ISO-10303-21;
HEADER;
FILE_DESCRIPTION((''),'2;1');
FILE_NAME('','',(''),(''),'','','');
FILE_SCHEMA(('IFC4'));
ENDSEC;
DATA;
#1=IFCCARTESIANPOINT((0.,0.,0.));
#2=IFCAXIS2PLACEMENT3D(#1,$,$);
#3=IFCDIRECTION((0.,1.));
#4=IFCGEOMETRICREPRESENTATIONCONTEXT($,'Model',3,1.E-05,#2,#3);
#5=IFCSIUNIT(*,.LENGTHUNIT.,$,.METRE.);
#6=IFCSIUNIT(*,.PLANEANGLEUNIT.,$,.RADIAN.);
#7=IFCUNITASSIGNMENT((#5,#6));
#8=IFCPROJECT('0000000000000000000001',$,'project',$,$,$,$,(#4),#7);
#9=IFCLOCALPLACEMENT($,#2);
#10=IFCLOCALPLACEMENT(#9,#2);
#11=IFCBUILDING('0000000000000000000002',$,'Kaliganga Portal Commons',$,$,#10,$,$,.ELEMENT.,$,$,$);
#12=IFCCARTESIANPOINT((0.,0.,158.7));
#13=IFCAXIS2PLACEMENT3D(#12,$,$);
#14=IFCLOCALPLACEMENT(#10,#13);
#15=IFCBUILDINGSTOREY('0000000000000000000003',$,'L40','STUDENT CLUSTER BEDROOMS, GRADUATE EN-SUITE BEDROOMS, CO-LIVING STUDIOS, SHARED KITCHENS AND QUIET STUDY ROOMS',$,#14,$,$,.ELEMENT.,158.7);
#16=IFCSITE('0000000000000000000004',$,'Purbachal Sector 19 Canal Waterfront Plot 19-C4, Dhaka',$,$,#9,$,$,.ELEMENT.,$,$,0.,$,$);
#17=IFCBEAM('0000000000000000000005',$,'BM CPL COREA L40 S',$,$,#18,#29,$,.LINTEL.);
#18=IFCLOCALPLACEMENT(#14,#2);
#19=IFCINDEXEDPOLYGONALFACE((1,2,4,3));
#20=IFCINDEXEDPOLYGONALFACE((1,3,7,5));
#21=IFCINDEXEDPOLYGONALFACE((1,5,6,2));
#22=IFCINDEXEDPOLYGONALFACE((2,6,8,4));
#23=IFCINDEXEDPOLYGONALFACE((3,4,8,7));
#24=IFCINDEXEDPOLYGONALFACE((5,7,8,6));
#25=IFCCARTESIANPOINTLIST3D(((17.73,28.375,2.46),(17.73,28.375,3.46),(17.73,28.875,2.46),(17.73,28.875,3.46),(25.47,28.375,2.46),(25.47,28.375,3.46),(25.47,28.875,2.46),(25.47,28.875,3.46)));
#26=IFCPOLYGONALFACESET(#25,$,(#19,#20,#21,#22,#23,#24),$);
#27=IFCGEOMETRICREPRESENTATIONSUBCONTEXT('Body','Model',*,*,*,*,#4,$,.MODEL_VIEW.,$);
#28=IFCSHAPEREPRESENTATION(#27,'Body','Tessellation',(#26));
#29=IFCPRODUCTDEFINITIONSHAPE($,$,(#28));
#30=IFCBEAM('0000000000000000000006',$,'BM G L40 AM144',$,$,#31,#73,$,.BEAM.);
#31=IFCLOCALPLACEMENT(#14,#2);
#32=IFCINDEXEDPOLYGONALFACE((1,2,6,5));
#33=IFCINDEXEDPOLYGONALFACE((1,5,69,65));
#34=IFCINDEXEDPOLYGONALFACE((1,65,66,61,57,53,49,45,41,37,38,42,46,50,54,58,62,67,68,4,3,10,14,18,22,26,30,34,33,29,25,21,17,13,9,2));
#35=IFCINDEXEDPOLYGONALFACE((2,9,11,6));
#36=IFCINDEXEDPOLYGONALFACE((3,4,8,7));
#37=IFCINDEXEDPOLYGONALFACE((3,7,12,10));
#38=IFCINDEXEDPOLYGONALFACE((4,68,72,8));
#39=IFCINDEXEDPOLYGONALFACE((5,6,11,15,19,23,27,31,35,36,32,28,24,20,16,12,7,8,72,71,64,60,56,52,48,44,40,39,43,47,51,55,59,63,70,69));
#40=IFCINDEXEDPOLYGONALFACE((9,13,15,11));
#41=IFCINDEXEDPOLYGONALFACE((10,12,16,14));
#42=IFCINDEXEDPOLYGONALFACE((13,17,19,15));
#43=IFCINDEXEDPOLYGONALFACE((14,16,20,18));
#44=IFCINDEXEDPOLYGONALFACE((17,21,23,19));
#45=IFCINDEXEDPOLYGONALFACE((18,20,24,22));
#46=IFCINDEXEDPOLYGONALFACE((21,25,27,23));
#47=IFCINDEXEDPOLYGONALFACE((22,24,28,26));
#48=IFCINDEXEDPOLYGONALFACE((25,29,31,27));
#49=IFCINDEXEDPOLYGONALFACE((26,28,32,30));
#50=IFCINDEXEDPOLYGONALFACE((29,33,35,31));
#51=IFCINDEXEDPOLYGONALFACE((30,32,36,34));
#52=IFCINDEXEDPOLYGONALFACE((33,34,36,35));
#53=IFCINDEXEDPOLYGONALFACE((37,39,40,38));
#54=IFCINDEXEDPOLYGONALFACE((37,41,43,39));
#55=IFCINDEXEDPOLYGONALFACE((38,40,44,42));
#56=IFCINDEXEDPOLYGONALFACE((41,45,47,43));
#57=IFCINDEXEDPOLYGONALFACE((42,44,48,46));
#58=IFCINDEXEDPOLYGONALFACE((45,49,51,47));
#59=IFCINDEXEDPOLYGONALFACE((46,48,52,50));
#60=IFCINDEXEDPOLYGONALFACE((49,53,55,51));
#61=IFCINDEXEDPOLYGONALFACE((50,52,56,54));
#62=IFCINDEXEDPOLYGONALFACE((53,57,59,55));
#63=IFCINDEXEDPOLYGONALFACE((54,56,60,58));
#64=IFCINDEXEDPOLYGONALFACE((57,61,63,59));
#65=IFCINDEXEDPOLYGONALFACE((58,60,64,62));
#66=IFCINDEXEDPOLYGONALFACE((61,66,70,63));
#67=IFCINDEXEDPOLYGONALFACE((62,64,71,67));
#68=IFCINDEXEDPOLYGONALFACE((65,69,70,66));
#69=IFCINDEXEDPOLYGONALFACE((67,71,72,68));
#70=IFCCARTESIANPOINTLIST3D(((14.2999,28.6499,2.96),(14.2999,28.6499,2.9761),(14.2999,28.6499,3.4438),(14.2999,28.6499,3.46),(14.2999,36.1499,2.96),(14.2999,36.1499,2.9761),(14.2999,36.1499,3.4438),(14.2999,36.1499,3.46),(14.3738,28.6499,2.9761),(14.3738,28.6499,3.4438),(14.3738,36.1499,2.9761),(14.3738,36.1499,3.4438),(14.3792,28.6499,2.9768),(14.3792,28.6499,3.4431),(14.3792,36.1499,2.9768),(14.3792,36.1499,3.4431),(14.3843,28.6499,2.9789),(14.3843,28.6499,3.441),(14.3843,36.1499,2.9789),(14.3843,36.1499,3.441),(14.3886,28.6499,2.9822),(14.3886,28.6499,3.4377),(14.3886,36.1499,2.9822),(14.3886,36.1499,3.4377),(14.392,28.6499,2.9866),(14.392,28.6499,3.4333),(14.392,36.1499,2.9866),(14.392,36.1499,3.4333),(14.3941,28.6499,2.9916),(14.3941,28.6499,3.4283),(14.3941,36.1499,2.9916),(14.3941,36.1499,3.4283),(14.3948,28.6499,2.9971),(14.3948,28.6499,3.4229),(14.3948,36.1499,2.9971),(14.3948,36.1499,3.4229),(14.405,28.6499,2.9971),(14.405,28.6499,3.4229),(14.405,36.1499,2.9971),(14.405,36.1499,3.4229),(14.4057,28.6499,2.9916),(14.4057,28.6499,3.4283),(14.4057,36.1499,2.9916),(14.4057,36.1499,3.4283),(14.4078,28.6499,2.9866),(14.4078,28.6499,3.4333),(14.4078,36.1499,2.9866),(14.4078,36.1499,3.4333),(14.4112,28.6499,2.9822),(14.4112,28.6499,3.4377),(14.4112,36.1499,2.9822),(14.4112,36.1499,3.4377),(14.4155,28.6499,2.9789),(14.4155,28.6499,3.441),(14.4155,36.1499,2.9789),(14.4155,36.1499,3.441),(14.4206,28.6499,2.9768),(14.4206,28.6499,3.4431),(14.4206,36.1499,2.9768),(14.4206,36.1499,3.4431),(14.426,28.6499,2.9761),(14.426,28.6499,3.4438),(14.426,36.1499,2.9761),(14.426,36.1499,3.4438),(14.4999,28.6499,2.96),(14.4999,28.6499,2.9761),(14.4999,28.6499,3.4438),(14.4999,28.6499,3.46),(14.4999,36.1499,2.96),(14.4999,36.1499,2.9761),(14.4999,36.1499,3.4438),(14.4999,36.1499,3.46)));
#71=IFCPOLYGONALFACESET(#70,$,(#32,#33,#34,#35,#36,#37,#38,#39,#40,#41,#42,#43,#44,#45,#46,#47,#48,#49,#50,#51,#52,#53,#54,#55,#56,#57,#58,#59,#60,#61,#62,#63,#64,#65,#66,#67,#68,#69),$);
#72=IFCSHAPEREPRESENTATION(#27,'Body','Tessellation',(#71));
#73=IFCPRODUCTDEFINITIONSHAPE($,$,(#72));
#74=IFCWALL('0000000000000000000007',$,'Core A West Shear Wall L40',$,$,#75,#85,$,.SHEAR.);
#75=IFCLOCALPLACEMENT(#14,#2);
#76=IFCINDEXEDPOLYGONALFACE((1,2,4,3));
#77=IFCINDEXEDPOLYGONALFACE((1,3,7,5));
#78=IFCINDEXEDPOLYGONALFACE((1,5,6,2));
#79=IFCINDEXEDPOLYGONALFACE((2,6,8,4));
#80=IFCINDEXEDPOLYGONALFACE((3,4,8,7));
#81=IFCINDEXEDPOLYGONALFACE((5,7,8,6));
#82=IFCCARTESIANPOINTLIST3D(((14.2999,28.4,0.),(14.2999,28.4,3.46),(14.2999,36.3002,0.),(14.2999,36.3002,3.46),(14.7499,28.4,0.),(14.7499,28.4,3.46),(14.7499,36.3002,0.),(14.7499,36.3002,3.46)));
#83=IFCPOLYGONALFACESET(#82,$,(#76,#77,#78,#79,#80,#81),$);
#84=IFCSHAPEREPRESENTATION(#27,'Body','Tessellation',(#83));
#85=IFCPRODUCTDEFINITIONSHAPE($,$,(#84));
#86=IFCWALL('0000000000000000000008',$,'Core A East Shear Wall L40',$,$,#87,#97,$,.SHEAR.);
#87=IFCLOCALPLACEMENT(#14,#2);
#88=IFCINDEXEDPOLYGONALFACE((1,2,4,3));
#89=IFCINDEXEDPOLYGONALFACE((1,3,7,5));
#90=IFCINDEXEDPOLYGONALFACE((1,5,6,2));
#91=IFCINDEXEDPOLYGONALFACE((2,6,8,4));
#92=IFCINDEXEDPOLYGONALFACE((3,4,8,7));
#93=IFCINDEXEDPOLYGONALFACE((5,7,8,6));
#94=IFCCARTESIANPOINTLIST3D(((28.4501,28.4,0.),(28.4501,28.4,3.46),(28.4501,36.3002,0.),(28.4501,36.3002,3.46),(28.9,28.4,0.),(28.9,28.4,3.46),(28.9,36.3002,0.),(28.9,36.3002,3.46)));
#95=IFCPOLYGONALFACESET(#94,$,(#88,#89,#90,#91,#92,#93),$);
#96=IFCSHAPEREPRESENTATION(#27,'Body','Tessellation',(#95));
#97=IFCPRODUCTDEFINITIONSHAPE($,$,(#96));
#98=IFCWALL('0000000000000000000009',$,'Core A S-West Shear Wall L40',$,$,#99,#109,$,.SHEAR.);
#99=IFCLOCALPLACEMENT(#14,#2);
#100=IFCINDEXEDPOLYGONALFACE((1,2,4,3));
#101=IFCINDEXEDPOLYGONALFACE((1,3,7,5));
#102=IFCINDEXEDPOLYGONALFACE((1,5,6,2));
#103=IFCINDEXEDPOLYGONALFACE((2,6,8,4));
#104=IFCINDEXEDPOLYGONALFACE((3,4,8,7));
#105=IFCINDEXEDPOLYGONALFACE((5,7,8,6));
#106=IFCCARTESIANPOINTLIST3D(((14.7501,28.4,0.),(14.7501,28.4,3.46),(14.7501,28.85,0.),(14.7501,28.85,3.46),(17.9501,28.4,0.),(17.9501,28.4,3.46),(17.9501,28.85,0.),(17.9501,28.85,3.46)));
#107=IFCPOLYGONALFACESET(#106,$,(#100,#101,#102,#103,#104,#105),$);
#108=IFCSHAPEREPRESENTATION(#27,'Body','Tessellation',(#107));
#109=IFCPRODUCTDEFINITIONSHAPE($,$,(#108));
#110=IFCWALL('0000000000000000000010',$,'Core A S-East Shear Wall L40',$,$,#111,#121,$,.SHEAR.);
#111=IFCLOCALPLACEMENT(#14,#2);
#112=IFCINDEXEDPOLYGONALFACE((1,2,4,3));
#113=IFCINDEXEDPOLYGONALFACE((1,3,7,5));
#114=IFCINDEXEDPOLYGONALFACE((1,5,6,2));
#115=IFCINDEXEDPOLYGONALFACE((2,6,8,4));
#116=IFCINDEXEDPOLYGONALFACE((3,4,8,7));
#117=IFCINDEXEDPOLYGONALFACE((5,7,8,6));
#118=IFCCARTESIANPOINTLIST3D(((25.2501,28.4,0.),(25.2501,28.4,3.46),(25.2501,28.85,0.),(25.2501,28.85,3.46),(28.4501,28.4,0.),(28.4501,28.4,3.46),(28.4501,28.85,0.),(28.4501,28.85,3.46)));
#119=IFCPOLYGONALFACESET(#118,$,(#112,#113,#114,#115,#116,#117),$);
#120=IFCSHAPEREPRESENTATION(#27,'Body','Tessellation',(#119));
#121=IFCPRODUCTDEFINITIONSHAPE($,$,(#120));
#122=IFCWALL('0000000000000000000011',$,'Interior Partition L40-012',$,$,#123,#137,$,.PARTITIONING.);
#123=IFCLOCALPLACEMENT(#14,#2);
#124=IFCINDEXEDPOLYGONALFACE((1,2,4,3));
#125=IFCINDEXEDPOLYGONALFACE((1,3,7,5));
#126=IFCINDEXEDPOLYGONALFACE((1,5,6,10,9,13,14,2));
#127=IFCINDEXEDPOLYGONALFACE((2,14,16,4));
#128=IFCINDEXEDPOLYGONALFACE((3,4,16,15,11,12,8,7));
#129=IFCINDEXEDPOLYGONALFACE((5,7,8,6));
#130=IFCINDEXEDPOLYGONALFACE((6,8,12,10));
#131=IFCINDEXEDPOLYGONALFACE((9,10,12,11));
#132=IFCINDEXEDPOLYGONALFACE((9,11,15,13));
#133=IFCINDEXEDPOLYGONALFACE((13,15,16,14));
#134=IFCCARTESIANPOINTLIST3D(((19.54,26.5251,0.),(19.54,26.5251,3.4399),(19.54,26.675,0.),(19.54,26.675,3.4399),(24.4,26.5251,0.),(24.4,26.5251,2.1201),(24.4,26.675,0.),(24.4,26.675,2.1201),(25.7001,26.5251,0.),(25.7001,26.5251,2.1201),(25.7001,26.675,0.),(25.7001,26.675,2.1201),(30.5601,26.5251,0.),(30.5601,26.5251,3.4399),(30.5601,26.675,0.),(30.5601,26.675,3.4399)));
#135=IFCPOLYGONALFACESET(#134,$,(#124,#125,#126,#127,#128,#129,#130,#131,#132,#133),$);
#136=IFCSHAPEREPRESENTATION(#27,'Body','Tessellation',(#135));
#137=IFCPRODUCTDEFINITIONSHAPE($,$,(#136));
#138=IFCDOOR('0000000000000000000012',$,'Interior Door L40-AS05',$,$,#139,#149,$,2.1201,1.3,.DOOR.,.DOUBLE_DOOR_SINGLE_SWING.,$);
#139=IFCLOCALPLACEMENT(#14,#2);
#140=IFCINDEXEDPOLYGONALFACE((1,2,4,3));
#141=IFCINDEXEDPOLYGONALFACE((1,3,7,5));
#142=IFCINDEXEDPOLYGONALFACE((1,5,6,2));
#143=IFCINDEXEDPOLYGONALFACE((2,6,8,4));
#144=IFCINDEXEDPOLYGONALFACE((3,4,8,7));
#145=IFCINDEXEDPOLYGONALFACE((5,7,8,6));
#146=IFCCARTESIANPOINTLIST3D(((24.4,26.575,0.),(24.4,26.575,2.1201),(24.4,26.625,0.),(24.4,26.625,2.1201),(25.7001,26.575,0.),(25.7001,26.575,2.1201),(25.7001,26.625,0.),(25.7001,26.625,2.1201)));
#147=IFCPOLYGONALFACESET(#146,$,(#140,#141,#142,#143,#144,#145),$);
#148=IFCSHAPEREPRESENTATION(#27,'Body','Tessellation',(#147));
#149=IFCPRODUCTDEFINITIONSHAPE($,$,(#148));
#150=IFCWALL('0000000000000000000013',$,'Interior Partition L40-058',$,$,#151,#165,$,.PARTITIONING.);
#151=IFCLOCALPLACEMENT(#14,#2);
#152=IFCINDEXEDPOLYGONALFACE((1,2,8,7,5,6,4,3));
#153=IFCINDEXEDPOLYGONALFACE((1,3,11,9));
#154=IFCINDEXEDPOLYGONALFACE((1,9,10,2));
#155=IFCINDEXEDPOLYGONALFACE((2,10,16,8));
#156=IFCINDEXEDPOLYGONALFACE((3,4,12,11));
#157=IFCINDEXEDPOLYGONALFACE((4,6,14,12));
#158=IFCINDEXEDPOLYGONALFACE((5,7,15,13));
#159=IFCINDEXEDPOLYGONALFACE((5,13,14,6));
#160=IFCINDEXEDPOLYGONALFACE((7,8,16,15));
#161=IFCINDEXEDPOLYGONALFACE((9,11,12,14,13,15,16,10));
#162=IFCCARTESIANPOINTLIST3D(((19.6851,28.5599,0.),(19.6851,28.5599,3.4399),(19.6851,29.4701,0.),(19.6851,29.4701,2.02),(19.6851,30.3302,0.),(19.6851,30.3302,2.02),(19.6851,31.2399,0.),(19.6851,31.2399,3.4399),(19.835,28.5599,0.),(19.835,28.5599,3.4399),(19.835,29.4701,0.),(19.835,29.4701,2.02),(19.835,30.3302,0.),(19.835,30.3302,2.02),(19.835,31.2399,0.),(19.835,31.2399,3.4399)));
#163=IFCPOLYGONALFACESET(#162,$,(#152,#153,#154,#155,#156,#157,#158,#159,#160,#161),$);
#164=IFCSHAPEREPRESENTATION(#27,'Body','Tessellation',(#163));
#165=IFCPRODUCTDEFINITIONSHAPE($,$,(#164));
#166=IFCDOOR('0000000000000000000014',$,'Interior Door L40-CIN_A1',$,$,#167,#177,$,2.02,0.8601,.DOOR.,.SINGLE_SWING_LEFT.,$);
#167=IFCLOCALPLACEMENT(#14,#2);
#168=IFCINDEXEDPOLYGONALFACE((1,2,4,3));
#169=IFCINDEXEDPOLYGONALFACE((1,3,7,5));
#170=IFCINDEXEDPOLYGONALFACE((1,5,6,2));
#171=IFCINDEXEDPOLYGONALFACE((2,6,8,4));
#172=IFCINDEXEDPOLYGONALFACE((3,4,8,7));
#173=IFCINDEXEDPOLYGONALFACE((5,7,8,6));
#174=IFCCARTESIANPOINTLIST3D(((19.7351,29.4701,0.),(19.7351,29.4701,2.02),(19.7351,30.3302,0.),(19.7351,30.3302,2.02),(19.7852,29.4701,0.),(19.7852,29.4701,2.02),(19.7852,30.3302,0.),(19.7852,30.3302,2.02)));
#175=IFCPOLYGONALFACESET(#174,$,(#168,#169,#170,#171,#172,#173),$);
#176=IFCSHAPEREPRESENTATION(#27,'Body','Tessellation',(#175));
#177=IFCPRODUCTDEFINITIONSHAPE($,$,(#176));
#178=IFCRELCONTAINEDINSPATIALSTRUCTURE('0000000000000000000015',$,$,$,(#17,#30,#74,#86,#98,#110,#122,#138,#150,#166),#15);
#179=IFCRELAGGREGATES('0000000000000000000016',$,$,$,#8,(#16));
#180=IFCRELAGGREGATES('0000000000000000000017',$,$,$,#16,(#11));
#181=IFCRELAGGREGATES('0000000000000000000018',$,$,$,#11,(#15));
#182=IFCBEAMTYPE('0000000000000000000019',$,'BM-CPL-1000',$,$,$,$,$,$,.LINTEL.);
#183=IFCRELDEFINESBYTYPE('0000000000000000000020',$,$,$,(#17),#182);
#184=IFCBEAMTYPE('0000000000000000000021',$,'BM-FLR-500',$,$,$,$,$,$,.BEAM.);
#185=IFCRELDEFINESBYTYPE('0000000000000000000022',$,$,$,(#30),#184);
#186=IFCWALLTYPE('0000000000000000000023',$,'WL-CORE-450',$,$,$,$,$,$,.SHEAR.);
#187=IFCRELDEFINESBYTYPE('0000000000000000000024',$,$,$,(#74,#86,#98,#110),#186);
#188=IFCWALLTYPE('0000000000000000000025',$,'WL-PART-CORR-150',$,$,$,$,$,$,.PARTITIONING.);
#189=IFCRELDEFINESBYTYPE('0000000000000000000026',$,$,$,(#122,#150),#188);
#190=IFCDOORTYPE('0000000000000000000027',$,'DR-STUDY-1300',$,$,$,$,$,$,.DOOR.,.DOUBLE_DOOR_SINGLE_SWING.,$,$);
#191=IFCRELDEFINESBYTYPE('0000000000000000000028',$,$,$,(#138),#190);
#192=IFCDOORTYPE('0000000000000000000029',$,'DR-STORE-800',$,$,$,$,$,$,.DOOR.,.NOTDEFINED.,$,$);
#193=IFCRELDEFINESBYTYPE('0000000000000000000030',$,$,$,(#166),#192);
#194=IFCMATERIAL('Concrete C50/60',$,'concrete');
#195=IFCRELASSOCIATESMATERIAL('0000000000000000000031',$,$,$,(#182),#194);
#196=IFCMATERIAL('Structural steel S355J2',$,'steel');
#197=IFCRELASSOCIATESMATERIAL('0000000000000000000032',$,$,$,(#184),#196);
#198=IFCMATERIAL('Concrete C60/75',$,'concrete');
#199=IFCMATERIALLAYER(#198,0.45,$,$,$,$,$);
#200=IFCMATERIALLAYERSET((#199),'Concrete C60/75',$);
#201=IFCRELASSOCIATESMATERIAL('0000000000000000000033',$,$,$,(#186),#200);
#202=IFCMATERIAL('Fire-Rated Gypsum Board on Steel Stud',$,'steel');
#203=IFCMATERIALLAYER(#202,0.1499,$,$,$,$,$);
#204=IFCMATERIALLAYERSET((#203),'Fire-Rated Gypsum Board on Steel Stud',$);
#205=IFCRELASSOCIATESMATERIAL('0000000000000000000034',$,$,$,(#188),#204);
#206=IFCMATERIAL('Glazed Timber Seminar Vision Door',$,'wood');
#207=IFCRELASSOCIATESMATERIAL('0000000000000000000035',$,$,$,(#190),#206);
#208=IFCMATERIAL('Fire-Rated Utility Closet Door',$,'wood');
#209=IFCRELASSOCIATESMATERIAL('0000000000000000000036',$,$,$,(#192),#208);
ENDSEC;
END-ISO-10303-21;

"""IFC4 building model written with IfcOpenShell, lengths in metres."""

from ifc_helpers import new_model, si_unit, direction, frame, frame_2d, origin, origin_2d, place, context, subcontext, project, spatial, rectangle, i_section, extrude, source, transform, mapped, material, layer, layer_set, material_profile, profile_set, type_object, element, fill, save


model = new_model("IFC4")

# Units and contexts
model_context = context("Model", 3, precision=1e-05, world=origin(), true_north=direction((0.0, 1.0)))
body_context = subcontext(model_context, "Body", "Model", "MODEL_VIEW")
ifc_project = project(units=[si_unit("LENGTHUNIT", "METRE"), si_unit("PLANEANGLEUNIT", "RADIAN")], contexts=[model_context])

# Site, building, storey
site_placement = place(None, origin())
site = spatial("IfcSite", under=ifc_project, at=site_placement, Name="Purbachal Sector 19 Canal Waterfront Plot 19-C4, Dhaka", CompositionType="ELEMENT", RefElevation=0.0)
building_placement = place(site_placement, origin())
building = spatial("IfcBuilding", under=site, at=building_placement, Name="Kaliganga Portal Commons", CompositionType="ELEMENT")
storey_placement = place(building_placement, frame((0.0, 0.0, 158.7)))
storey = spatial("IfcBuildingStorey", under=building, at=storey_placement, Name="L40", Description="STUDENT CLUSTER BEDROOMS, GRADUATE EN-SUITE BEDROOMS, CO-LIVING STUDIOS, SHARED KITCHENS AND QUIET STUDY ROOMS", CompositionType="ELEMENT", Elevation=158.7)

# Beams
ifc_material_1 = material(Name="Concrete C50/60", Category="concrete")
ifc_material_profile_1 = material_profile(ifc_material_1, rectangle(XDim=0.5, YDim=1.0, at=origin_2d()), Name="RC 500x1000")
ifc_profile_set_1 = profile_set([ifc_material_profile_1], Name="Concrete C50/60")
beam_type_1 = type_object("IfcBeamType", Name="BM-CPL-1000", PredefinedType="LINTEL", material=ifc_profile_set_1)
shared_shape_1 = source(origin(), body_context, "Body", "SweptSolid", [
    extrude(rectangle(XDim=0.5, YDim=1.0, at=origin_2d()), origin(), (0.0, 0.0, 1.0), 7.74),
])
beam_1_placement = place(storey_placement, frame((17.73, 28.625, 2.96), z_axis=(1.0, 0.0, 0.0), x_axis=(0.0, 1.0, 0.0)))
element("IfcBeam", 1, at=beam_1_placement, inside=storey, type_object=beam_type_1, Name="BM CPL COREA L40 S", PredefinedType="LINTEL", context=body_context, shape_type="MappedRepresentation", body=[
    mapped(shared_shape_1, transform((0.0, 0.0, 0.0), x_axis=(1.0, 0.0, 0.0), y_axis=(0.0, 1.0, 0.0), z_axis=(0.0, 0.0, 1.0), scale=1.0)),
])
ifc_material_2 = material(Name="Structural steel S355J2", Category="steel")
ifc_material_profile_2 = material_profile(ifc_material_2, i_section(OverallWidth=0.2, OverallDepth=0.5, WebThickness=0.0103, FlangeThickness=0.0161, FilletRadius=0.021, at=origin_2d()), Name="IPE 500")
ifc_profile_set_2 = profile_set([ifc_material_profile_2], Name="Structural steel S355J2 wide-flange")
beam_type_2 = type_object("IfcBeamType", Name="BM-FLR-500", PredefinedType="BEAM", material=ifc_profile_set_2)
shared_shape_2 = source(origin(), body_context, "Body", "SweptSolid", [
    extrude(i_section(OverallWidth=0.2, OverallDepth=0.5, WebThickness=0.0103, FlangeThickness=0.0161, FilletRadius=0.021, at=origin_2d()), origin(), (0.0, 0.0, 1.0), 7.5),
])
beam_2_placement = place(storey_placement, frame((14.3999, 28.6499, 3.21), z_axis=(0.0, 1.0, 0.0), x_axis=(-1.0, 0.0, 0.0)))
element("IfcBeam", 2, at=beam_2_placement, inside=storey, type_object=beam_type_2, Name="BM G L40 AM144", PredefinedType="BEAM", context=body_context, shape_type="MappedRepresentation", body=[
    mapped(shared_shape_2, transform((0.0, 0.0, 0.0), x_axis=(1.0, 0.0, 0.0), y_axis=(0.0, 1.0, 0.0), z_axis=(0.0, 0.0, 1.0), scale=1.0)),
])

# Walls
ifc_material_3 = material(Name="Concrete C60/75", Category="concrete")
ifc_layer_1 = layer(ifc_material_3, 0.45)
ifc_layer_set_1 = layer_set([ifc_layer_1], Name="Concrete C60/75")
wall_type_1 = type_object("IfcWallType", Name="WL-CORE-450", PredefinedType="SHEAR", material=ifc_layer_set_1)
for number, where, z_axis, x_axis, name in (
    (3, (14.5249, 28.3999, 0.0), (0.0, 0.0, 1.0), (0.0, 1.0, 0.0), "Core A West Shear Wall L40"),
    (4, (28.675, 28.3999, 0.0), (0.0, 0.0, 1.0), (0.0, 1.0, 0.0), "Core A East Shear Wall L40"),
):
    element("IfcWall", number, at=place(storey_placement, frame(where, z_axis=z_axis, x_axis=x_axis)), inside=storey, type_object=wall_type_1, Name=name, PredefinedType="SHEAR", context=body_context, shape_type="SweptSolid", body=[
        extrude(rectangle(XDim=7.9001, YDim=0.45, at=frame_2d((3.9502, 0.0))), origin(), (0.0, 0.0, 1.0), 3.46),
    ])
for number, where, z_axis, x_axis, name in (
    (5, (14.75, 28.625, 0.0), (0.0, 0.0, 1.0), (1.0, 0.0, 0.0), "Core A S-West Shear Wall L40"),
    (6, (25.25, 28.625, 0.0), (0.0, 0.0, 1.0), (1.0, 0.0, 0.0), "Core A S-East Shear Wall L40"),
):
    element("IfcWall", number, at=place(storey_placement, frame(where, z_axis=z_axis, x_axis=x_axis)), inside=storey, type_object=wall_type_1, Name=name, PredefinedType="SHEAR", context=body_context, shape_type="SweptSolid", body=[
        extrude(rectangle(XDim=3.2, YDim=0.45, at=frame_2d((1.6001, 0.0))), origin(), (0.0, 0.0, 1.0), 3.46),
    ])

# Walls, openings, doors
ifc_material_4 = material(Name="Fire-Rated Gypsum Board on Steel Stud", Category="steel")
ifc_layer_2 = layer(ifc_material_4, 0.1499)
ifc_layer_set_2 = layer_set([ifc_layer_2], Name="Fire-Rated Gypsum Board on Steel Stud")
wall_type_2 = type_object("IfcWallType", Name="WL-PART-CORR-150", PredefinedType="PARTITIONING", material=ifc_layer_set_2)
wall_1_placement = place(storey_placement, frame((19.54, 26.6001, 0.0), z_axis=(0.0, 0.0, 1.0), x_axis=(1.0, 0.0, 0.0)))
wall_1 = element("IfcWall", 7, at=wall_1_placement, inside=storey, type_object=wall_type_2, Name="Interior Partition L40-012", PredefinedType="PARTITIONING", context=body_context, shape_type="SweptSolid", body=[
    extrude(rectangle(XDim=11.02, YDim=0.1499, at=frame_2d((5.51, 0.0))), origin(), (0.0, 0.0, 1.0), 3.4399),
])
opening_1_placement = place(wall_1_placement, frame((4.8601, 0.0, 0.0)))
opening_1 = element("IfcOpeningElement", 8, at=opening_1_placement, cuts=wall_1, PredefinedType="OPENING", context=body_context, shape_type="SweptSolid", body=[
    extrude(rectangle(XDim=1.3, YDim=2.1201, at=frame_2d((0.6499, 1.0601))), frame((0.0, 0.085, 0.0), z_axis=(0.0, -1.0, 0.0), x_axis=(1.0, 0.0, 0.0)), (0.0, 0.0, 1.0), 0.1699),
])
ifc_material_5 = material(Name="Glazed Timber Seminar Vision Door", Category="wood")
door_type_1 = type_object("IfcDoorType", Name="DR-STUDY-1300", OperationType="DOUBLE_DOOR_SINGLE_SWING", PredefinedType="DOOR", material=ifc_material_5)
door_1_placement = place(opening_1_placement, origin())
door_1 = element("IfcDoor", 9, at=door_1_placement, inside=storey, type_object=door_type_1, Name="Interior Door L40-AS05", OperationType="DOUBLE_DOOR_SINGLE_SWING", OverallHeight=2.1201, OverallWidth=1.3, PredefinedType="DOOR", context=body_context, shape_type="SweptSolid", body=[
    extrude(rectangle(XDim=1.3, YDim=2.1201, at=frame_2d((0.6499, 1.0601))), frame((0.0, 0.0249, 0.0), z_axis=(0.0, -1.0, 0.0), x_axis=(1.0, 0.0, 0.0)), (0.0, 0.0, 1.0), 0.05),
])
fill(opening_1, door_1)
wall_2_placement = place(storey_placement, frame((19.76, 28.5601, 0.0), z_axis=(0.0, 0.0, 1.0), x_axis=(0.0, 1.0, 0.0)))
wall_2 = element("IfcWall", 10, at=wall_2_placement, inside=storey, type_object=wall_type_2, Name="Interior Partition L40-058", PredefinedType="PARTITIONING", context=body_context, shape_type="SweptSolid", body=[
    extrude(rectangle(XDim=2.6799, YDim=0.1499, at=frame_2d((1.3398, 0.0))), origin(), (0.0, 0.0, 1.0), 3.4399),
])
opening_2_placement = place(wall_2_placement, frame((0.9099, 0.0, 0.0)))
opening_2 = element("IfcOpeningElement", 11, at=opening_2_placement, cuts=wall_2, PredefinedType="OPENING", context=body_context, shape_type="SweptSolid", body=[
    extrude(rectangle(XDim=0.8601, YDim=2.02, at=frame_2d((0.4302, 1.01))), frame((0.0, 0.085, 0.0), z_axis=(0.0, -1.0, 0.0), x_axis=(1.0, 0.0, 0.0)), (0.0, 0.0, 1.0), 0.1699),
])
ifc_material_6 = material(Name="Fire-Rated Utility Closet Door", Category="wood")
door_type_2 = type_object("IfcDoorType", Name="DR-STORE-800", OperationType="NOTDEFINED", PredefinedType="DOOR", material=ifc_material_6)
door_2_placement = place(opening_2_placement, origin())
door_2 = element("IfcDoor", 12, at=door_2_placement, inside=storey, type_object=door_type_2, Name="Interior Door L40-CIN_A1", OperationType="SINGLE_SWING_LEFT", OverallHeight=2.02, OverallWidth=0.8601, PredefinedType="DOOR", context=body_context, shape_type="SweptSolid", body=[
    extrude(rectangle(XDim=0.8601, YDim=2.02, at=frame_2d((0.4302, 1.01))), frame((0.0, 0.0249, 0.0), z_axis=(0.0, -1.0, 0.0), x_axis=(1.0, 0.0, 0.0)), (0.0, 0.0, 1.0), 0.05),
])
fill(opening_2, door_2)

save(model, "model.ifc")
